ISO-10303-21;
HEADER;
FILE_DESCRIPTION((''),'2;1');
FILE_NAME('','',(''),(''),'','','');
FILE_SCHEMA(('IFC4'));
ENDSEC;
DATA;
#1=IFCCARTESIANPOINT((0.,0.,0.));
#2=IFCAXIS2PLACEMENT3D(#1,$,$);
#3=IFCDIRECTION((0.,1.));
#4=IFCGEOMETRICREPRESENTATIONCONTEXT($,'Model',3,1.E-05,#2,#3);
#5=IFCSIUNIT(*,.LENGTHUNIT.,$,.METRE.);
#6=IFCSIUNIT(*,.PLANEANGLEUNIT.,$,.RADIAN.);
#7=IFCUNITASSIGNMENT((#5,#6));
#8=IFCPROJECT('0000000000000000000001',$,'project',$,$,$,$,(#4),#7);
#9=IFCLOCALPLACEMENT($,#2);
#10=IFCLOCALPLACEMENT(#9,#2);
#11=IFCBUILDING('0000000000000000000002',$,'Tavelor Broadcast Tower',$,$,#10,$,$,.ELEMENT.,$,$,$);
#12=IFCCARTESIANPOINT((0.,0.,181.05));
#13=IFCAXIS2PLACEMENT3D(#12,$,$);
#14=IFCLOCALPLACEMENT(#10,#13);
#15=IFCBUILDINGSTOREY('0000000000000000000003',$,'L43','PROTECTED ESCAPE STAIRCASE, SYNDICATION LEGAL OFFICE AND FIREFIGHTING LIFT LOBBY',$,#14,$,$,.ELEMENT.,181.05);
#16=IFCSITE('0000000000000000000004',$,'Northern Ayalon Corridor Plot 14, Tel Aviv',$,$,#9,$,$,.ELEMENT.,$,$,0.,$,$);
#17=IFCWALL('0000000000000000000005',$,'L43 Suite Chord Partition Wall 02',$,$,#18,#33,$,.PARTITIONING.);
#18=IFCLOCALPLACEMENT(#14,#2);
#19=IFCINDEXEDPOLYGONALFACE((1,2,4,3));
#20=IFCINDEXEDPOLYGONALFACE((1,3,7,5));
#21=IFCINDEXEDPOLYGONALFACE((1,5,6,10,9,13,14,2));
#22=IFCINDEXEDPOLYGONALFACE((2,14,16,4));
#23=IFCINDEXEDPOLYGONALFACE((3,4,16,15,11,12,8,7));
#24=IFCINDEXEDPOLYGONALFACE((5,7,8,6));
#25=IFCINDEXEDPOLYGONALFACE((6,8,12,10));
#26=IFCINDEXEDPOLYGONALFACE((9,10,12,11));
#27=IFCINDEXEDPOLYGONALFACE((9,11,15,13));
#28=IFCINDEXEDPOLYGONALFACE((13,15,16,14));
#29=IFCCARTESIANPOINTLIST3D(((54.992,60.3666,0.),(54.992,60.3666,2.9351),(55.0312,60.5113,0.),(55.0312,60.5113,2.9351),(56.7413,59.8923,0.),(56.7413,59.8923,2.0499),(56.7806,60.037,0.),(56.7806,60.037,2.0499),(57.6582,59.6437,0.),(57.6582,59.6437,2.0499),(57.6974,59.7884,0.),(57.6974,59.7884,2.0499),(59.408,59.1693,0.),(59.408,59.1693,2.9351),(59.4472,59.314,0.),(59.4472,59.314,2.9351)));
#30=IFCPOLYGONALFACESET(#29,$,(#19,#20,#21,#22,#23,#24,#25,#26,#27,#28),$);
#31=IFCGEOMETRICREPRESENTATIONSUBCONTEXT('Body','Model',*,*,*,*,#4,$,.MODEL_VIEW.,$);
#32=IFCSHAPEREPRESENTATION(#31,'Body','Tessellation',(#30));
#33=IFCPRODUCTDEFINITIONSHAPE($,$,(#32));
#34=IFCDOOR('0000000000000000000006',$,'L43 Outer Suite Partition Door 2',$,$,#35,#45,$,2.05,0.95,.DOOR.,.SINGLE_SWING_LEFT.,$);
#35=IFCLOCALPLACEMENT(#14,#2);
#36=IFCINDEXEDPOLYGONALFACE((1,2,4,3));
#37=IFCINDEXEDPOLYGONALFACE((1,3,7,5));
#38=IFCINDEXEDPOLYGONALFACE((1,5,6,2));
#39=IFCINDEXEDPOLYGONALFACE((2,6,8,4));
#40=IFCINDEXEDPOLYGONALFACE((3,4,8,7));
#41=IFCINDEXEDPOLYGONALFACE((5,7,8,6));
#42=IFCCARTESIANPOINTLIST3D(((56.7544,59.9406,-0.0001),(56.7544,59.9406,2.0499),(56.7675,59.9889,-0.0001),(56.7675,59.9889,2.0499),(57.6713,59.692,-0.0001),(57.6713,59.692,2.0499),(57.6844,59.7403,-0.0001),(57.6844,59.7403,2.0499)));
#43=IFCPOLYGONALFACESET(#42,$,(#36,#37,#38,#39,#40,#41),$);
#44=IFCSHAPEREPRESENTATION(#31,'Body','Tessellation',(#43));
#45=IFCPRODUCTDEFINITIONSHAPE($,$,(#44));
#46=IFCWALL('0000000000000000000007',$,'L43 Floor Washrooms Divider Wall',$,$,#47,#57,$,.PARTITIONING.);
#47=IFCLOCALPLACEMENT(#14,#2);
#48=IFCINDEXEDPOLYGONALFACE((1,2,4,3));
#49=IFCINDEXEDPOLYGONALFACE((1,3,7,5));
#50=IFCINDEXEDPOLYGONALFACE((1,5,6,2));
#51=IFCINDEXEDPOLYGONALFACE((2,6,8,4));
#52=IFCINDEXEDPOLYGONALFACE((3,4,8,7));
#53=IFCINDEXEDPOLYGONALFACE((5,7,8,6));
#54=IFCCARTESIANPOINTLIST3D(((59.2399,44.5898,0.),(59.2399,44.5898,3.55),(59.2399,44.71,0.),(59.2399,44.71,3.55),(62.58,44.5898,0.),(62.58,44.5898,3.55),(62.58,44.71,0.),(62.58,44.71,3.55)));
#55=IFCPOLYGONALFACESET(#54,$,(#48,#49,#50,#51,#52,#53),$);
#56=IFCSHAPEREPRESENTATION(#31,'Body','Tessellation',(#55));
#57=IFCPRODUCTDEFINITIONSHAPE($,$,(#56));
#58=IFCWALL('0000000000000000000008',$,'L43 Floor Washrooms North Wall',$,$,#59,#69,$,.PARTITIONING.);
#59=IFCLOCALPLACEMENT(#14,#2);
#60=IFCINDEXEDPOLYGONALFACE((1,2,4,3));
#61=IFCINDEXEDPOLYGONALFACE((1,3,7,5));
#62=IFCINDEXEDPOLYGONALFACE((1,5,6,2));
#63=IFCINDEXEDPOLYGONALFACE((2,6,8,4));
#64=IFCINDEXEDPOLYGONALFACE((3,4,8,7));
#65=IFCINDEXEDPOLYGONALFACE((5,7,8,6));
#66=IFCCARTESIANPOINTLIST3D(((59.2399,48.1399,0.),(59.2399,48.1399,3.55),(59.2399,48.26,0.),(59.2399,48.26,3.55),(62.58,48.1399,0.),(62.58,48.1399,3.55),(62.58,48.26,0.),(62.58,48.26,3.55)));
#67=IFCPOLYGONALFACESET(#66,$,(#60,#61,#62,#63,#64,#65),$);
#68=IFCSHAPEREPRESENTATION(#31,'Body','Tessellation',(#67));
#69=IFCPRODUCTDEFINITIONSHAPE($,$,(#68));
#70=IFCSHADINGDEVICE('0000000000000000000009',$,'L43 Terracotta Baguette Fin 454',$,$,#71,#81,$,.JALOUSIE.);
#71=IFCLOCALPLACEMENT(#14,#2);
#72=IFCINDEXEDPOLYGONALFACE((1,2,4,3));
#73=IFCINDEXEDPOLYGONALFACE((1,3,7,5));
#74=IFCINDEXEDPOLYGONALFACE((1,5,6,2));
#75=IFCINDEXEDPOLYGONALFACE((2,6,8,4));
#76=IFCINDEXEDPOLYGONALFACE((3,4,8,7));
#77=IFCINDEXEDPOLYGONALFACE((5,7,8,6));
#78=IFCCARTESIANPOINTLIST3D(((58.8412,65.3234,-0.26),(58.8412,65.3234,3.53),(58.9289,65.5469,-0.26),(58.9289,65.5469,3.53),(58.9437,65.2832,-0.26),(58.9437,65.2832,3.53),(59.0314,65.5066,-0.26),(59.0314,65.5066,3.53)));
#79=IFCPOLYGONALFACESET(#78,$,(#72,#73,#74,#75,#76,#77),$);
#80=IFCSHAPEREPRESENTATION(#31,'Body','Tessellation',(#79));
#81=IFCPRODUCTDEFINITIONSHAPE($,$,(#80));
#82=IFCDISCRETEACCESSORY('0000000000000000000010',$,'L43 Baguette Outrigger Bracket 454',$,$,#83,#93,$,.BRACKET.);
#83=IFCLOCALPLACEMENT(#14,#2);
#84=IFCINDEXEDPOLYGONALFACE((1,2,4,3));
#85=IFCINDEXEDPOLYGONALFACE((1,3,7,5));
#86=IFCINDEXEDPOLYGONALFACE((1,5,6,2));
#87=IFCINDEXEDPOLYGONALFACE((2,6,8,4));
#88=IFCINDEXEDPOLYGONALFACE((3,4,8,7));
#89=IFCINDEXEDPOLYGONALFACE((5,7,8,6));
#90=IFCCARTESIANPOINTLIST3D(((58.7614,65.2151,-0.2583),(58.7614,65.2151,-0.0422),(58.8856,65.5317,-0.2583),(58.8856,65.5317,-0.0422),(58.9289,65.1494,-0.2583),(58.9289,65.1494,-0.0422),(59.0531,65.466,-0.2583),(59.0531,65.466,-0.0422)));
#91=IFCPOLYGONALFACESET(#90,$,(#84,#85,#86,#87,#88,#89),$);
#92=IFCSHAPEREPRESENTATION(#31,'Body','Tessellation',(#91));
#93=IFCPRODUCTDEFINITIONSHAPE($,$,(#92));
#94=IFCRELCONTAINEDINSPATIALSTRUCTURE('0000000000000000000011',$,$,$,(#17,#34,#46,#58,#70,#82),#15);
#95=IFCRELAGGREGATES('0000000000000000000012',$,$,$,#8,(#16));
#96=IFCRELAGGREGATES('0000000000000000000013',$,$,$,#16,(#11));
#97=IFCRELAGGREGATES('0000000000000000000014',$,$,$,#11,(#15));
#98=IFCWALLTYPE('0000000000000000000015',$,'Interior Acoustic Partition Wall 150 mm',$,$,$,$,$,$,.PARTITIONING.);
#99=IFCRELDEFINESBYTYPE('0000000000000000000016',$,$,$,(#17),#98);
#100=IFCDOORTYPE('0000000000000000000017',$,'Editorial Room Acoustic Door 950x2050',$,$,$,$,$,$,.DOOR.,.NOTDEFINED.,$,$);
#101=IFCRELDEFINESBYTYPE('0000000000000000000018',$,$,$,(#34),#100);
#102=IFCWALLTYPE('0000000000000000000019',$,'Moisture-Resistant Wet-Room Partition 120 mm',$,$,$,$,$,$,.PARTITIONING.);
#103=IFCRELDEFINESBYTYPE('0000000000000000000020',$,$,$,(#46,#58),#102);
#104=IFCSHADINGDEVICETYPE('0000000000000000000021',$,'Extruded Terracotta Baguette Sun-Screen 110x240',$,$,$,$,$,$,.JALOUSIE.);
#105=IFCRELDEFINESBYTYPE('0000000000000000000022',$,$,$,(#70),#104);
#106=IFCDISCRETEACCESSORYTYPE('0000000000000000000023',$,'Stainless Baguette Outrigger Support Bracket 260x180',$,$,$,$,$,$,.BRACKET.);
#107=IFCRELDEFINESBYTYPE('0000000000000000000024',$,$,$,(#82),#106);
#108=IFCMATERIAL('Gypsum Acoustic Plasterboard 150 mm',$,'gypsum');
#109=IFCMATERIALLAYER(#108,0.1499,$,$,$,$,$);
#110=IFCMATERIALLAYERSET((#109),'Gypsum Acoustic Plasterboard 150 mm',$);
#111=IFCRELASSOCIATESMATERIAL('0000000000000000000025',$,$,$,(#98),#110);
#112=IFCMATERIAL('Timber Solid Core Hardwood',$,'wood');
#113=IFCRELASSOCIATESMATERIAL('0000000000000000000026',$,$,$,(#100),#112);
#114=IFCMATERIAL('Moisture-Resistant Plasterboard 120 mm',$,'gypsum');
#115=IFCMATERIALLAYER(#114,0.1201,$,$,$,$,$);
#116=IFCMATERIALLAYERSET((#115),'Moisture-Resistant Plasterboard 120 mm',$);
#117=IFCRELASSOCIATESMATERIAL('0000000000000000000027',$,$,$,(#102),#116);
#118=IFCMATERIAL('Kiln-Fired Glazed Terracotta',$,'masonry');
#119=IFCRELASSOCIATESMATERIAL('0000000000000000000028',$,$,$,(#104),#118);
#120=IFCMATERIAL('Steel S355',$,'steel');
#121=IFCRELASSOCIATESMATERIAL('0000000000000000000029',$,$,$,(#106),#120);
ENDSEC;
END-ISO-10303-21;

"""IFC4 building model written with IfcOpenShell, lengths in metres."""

from ifc_helpers import new_model, si_unit, direction, frame, frame_2d, origin, origin_2d, place, context, subcontext, project, spatial, rectangle, extrude, source, transform, mapped, material, layer, layer_set, type_object, type_shapes, element, fill, save


model = new_model("IFC4")

# Units and contexts
model_context = context("Model", 3, precision=1e-05, world=origin(), true_north=direction((0.0, 1.0)))
body_context = subcontext(model_context, "Body", "Model", "MODEL_VIEW")
ifc_project = project(units=[si_unit("LENGTHUNIT", "METRE"), si_unit("PLANEANGLEUNIT", "RADIAN")], contexts=[model_context])

# Site, building, storey
site_placement = place(None, origin())
site = spatial("IfcSite", under=ifc_project, at=site_placement, Name="Northern Ayalon Corridor Plot 14, Tel Aviv", CompositionType="ELEMENT", RefElevation=0.0)
building_placement = place(site_placement, origin())
building = spatial("IfcBuilding", under=site, at=building_placement, Name="Tavelor Broadcast Tower", CompositionType="ELEMENT")
storey_placement = place(building_placement, frame((0.0, 0.0, 181.05)))
storey = spatial("IfcBuildingStorey", under=building, at=storey_placement, Name="L43", Description="PROTECTED ESCAPE STAIRCASE, SYNDICATION LEGAL OFFICE AND FIREFIGHTING LIFT LOBBY", CompositionType="ELEMENT", Elevation=181.05)

# Shared definitions
ifc_material_1 = material(Name="Steel S355", Category="steel")

# Shared definitions
ifc_material_2 = material(Name="Timber Solid Core Hardwood", Category="wood")

# Shared definitions
ifc_material_3 = material(Name="Gypsum Acoustic Plasterboard 150 mm", Category="gypsum")
ifc_layer_1 = layer(ifc_material_3, 0.1499)
ifc_layer_set_1 = layer_set([ifc_layer_1], Name="Gypsum Acoustic Plasterboard 150 mm")
wall_type_1 = type_object("IfcWallType", Name="Interior Acoustic Partition Wall 150 mm", PredefinedType="PARTITIONING", material=ifc_layer_set_1)

# Wall, opening, door
wall_1_placement = place(storey_placement, frame((59.4275, 59.2417, 0.0), z_axis=(0.0, 0.0, 1.0), x_axis=(-0.965157, 0.261672, 0.0)))
wall_1 = element("IfcWall", 1, at=wall_1_placement, inside=storey, type_object=wall_type_1, Name="L43 Suite Chord Partition Wall 02", PredefinedType="PARTITIONING", context=body_context, shape_type="SweptSolid", body=[
    extrude(rectangle(XDim=4.5754, YDim=0.1499, at=frame_2d((2.2876, 0.0))), origin(), (0.0, 0.0, 1.0), 2.9351),
])
opening_1_placement = place(wall_1_placement, frame((1.8127, 0.0, 0.0)))
opening_1 = element("IfcOpeningElement", 2, at=opening_1_placement, cuts=wall_1, PredefinedType="OPENING", context=body_context, shape_type="SweptSolid", body=[
    extrude(rectangle(XDim=0.95, YDim=2.05, at=frame_2d((0.4751, 1.0249))), frame((0.0, 0.085, 0.0), z_axis=(0.0, -1.0, 0.0), x_axis=(1.0, 0.0, 0.0)), (0.0, 0.0, 1.0), 0.1699),
])
door_type_1 = type_object("IfcDoorType", Name="Editorial Room Acoustic Door 950x2050", OperationType="NOTDEFINED", PredefinedType="DOOR", material=ifc_material_2)
door_1_placement = place(opening_1_placement, origin())
door_1 = element("IfcDoor", 3, at=door_1_placement, inside=storey, type_object=door_type_1, Name="L43 Outer Suite Partition Door 2", OperationType="SINGLE_SWING_LEFT", OverallHeight=2.05, OverallWidth=0.95, PredefinedType="DOOR", context=body_context, shape_type="SweptSolid", body=[
    extrude(rectangle(XDim=0.95, YDim=2.05, at=frame_2d((0.4751, 1.0249))), frame((0.0, 0.0249, 0.0), z_axis=(0.0, -1.0, 0.0), x_axis=(1.0, 0.0, 0.0)), (0.0, 0.0, 1.0), 0.05),
])
fill(opening_1, door_1)

# Walls
ifc_material_4 = material(Name="Moisture-Resistant Plasterboard 120 mm", Category="gypsum")
ifc_layer_2 = layer(ifc_material_4, 0.1201)
ifc_layer_set_2 = layer_set([ifc_layer_2], Name="Moisture-Resistant Plasterboard 120 mm")
wall_type_2 = type_object("IfcWallType", Name="Moisture-Resistant Wet-Room Partition 120 mm", PredefinedType="PARTITIONING", material=ifc_layer_set_2)
for number, where, z_axis, x_axis, name in (
    (4, (59.24, 44.6499, 0.0), (0.0, 0.0, 1.0), (1.0, 0.0, 0.0), "L43 Floor Washrooms Divider Wall"),
    (5, (59.24, 48.2, 0.0), (0.0, 0.0, 1.0), (1.0, 0.0, 0.0), "L43 Floor Washrooms North Wall"),
):
    element("IfcWall", number, at=place(storey_placement, frame(where, z_axis=z_axis, x_axis=x_axis)), inside=storey, type_object=wall_type_2, Name=name, PredefinedType="PARTITIONING", context=body_context, shape_type="SweptSolid", body=[
        extrude(rectangle(XDim=3.3401, YDim=0.1201, at=frame_2d((1.6699, 0.0))), origin(), (0.0, 0.0, 1.0), 3.55),
    ])

# Shading device
ifc_material_5 = material(Name="Kiln-Fired Glazed Terracotta", Category="masonry")
shading_device_type = type_object("IfcShadingDeviceType", Name="Extruded Terracotta Baguette Sun-Screen 110x240", PredefinedType="JALOUSIE", material=ifc_material_5)
shared_shape_1 = source(origin(), body_context, "Body", "SweptSolid", [
    extrude(rectangle(XDim=0.1101, YDim=0.24, at=origin_2d()), origin(), (0.0, 0.0, 1.0), 3.79),
])
type_shapes(shading_device_type, [shared_shape_1])
shading_device_placement = place(storey_placement, frame((58.9363, 65.415, -0.26), z_axis=(0.0, 0.0, 1.0), x_axis=(-0.930928, 0.365202, 0.0)))
element("IfcShadingDevice", 6, at=shading_device_placement, inside=storey, type_object=shading_device_type, Name="L43 Terracotta Baguette Fin 454", PredefinedType="JALOUSIE", context=body_context, shape_type="MappedRepresentation", body=[
    mapped(shared_shape_1, transform((0.0, 0.0, 0.0), scale=1.0)),
])

# Discrete accessory
discrete_accessory_type = type_object("IfcDiscreteAccessoryType", Name="Stainless Baguette Outrigger Support Bracket 260x180", PredefinedType="BRACKET", material=ifc_material_1)
shared_shape_2 = source(origin(), body_context, "Body", "SweptSolid", [
    extrude(rectangle(XDim=0.1799, YDim=0.3401, at=origin_2d()), origin(), (0.0, 0.0, 1.0), 0.2161),
])
type_shapes(discrete_accessory_type, [shared_shape_2])
discrete_accessory_placement = place(storey_placement, frame((58.9072, 65.3406, -0.2583), z_axis=(0.0, 0.0, 1.0), x_axis=(-0.930928, 0.365202, 0.0)))
element("IfcDiscreteAccessory", 7, at=discrete_accessory_placement, inside=storey, type_object=discrete_accessory_type, Name="L43 Baguette Outrigger Bracket 454", PredefinedType="BRACKET", context=body_context, shape_type="MappedRepresentation", body=[
    mapped(shared_shape_2, transform((0.0, 0.0, 0.0), scale=1.0)),
])

save(model, "model.ifc")
